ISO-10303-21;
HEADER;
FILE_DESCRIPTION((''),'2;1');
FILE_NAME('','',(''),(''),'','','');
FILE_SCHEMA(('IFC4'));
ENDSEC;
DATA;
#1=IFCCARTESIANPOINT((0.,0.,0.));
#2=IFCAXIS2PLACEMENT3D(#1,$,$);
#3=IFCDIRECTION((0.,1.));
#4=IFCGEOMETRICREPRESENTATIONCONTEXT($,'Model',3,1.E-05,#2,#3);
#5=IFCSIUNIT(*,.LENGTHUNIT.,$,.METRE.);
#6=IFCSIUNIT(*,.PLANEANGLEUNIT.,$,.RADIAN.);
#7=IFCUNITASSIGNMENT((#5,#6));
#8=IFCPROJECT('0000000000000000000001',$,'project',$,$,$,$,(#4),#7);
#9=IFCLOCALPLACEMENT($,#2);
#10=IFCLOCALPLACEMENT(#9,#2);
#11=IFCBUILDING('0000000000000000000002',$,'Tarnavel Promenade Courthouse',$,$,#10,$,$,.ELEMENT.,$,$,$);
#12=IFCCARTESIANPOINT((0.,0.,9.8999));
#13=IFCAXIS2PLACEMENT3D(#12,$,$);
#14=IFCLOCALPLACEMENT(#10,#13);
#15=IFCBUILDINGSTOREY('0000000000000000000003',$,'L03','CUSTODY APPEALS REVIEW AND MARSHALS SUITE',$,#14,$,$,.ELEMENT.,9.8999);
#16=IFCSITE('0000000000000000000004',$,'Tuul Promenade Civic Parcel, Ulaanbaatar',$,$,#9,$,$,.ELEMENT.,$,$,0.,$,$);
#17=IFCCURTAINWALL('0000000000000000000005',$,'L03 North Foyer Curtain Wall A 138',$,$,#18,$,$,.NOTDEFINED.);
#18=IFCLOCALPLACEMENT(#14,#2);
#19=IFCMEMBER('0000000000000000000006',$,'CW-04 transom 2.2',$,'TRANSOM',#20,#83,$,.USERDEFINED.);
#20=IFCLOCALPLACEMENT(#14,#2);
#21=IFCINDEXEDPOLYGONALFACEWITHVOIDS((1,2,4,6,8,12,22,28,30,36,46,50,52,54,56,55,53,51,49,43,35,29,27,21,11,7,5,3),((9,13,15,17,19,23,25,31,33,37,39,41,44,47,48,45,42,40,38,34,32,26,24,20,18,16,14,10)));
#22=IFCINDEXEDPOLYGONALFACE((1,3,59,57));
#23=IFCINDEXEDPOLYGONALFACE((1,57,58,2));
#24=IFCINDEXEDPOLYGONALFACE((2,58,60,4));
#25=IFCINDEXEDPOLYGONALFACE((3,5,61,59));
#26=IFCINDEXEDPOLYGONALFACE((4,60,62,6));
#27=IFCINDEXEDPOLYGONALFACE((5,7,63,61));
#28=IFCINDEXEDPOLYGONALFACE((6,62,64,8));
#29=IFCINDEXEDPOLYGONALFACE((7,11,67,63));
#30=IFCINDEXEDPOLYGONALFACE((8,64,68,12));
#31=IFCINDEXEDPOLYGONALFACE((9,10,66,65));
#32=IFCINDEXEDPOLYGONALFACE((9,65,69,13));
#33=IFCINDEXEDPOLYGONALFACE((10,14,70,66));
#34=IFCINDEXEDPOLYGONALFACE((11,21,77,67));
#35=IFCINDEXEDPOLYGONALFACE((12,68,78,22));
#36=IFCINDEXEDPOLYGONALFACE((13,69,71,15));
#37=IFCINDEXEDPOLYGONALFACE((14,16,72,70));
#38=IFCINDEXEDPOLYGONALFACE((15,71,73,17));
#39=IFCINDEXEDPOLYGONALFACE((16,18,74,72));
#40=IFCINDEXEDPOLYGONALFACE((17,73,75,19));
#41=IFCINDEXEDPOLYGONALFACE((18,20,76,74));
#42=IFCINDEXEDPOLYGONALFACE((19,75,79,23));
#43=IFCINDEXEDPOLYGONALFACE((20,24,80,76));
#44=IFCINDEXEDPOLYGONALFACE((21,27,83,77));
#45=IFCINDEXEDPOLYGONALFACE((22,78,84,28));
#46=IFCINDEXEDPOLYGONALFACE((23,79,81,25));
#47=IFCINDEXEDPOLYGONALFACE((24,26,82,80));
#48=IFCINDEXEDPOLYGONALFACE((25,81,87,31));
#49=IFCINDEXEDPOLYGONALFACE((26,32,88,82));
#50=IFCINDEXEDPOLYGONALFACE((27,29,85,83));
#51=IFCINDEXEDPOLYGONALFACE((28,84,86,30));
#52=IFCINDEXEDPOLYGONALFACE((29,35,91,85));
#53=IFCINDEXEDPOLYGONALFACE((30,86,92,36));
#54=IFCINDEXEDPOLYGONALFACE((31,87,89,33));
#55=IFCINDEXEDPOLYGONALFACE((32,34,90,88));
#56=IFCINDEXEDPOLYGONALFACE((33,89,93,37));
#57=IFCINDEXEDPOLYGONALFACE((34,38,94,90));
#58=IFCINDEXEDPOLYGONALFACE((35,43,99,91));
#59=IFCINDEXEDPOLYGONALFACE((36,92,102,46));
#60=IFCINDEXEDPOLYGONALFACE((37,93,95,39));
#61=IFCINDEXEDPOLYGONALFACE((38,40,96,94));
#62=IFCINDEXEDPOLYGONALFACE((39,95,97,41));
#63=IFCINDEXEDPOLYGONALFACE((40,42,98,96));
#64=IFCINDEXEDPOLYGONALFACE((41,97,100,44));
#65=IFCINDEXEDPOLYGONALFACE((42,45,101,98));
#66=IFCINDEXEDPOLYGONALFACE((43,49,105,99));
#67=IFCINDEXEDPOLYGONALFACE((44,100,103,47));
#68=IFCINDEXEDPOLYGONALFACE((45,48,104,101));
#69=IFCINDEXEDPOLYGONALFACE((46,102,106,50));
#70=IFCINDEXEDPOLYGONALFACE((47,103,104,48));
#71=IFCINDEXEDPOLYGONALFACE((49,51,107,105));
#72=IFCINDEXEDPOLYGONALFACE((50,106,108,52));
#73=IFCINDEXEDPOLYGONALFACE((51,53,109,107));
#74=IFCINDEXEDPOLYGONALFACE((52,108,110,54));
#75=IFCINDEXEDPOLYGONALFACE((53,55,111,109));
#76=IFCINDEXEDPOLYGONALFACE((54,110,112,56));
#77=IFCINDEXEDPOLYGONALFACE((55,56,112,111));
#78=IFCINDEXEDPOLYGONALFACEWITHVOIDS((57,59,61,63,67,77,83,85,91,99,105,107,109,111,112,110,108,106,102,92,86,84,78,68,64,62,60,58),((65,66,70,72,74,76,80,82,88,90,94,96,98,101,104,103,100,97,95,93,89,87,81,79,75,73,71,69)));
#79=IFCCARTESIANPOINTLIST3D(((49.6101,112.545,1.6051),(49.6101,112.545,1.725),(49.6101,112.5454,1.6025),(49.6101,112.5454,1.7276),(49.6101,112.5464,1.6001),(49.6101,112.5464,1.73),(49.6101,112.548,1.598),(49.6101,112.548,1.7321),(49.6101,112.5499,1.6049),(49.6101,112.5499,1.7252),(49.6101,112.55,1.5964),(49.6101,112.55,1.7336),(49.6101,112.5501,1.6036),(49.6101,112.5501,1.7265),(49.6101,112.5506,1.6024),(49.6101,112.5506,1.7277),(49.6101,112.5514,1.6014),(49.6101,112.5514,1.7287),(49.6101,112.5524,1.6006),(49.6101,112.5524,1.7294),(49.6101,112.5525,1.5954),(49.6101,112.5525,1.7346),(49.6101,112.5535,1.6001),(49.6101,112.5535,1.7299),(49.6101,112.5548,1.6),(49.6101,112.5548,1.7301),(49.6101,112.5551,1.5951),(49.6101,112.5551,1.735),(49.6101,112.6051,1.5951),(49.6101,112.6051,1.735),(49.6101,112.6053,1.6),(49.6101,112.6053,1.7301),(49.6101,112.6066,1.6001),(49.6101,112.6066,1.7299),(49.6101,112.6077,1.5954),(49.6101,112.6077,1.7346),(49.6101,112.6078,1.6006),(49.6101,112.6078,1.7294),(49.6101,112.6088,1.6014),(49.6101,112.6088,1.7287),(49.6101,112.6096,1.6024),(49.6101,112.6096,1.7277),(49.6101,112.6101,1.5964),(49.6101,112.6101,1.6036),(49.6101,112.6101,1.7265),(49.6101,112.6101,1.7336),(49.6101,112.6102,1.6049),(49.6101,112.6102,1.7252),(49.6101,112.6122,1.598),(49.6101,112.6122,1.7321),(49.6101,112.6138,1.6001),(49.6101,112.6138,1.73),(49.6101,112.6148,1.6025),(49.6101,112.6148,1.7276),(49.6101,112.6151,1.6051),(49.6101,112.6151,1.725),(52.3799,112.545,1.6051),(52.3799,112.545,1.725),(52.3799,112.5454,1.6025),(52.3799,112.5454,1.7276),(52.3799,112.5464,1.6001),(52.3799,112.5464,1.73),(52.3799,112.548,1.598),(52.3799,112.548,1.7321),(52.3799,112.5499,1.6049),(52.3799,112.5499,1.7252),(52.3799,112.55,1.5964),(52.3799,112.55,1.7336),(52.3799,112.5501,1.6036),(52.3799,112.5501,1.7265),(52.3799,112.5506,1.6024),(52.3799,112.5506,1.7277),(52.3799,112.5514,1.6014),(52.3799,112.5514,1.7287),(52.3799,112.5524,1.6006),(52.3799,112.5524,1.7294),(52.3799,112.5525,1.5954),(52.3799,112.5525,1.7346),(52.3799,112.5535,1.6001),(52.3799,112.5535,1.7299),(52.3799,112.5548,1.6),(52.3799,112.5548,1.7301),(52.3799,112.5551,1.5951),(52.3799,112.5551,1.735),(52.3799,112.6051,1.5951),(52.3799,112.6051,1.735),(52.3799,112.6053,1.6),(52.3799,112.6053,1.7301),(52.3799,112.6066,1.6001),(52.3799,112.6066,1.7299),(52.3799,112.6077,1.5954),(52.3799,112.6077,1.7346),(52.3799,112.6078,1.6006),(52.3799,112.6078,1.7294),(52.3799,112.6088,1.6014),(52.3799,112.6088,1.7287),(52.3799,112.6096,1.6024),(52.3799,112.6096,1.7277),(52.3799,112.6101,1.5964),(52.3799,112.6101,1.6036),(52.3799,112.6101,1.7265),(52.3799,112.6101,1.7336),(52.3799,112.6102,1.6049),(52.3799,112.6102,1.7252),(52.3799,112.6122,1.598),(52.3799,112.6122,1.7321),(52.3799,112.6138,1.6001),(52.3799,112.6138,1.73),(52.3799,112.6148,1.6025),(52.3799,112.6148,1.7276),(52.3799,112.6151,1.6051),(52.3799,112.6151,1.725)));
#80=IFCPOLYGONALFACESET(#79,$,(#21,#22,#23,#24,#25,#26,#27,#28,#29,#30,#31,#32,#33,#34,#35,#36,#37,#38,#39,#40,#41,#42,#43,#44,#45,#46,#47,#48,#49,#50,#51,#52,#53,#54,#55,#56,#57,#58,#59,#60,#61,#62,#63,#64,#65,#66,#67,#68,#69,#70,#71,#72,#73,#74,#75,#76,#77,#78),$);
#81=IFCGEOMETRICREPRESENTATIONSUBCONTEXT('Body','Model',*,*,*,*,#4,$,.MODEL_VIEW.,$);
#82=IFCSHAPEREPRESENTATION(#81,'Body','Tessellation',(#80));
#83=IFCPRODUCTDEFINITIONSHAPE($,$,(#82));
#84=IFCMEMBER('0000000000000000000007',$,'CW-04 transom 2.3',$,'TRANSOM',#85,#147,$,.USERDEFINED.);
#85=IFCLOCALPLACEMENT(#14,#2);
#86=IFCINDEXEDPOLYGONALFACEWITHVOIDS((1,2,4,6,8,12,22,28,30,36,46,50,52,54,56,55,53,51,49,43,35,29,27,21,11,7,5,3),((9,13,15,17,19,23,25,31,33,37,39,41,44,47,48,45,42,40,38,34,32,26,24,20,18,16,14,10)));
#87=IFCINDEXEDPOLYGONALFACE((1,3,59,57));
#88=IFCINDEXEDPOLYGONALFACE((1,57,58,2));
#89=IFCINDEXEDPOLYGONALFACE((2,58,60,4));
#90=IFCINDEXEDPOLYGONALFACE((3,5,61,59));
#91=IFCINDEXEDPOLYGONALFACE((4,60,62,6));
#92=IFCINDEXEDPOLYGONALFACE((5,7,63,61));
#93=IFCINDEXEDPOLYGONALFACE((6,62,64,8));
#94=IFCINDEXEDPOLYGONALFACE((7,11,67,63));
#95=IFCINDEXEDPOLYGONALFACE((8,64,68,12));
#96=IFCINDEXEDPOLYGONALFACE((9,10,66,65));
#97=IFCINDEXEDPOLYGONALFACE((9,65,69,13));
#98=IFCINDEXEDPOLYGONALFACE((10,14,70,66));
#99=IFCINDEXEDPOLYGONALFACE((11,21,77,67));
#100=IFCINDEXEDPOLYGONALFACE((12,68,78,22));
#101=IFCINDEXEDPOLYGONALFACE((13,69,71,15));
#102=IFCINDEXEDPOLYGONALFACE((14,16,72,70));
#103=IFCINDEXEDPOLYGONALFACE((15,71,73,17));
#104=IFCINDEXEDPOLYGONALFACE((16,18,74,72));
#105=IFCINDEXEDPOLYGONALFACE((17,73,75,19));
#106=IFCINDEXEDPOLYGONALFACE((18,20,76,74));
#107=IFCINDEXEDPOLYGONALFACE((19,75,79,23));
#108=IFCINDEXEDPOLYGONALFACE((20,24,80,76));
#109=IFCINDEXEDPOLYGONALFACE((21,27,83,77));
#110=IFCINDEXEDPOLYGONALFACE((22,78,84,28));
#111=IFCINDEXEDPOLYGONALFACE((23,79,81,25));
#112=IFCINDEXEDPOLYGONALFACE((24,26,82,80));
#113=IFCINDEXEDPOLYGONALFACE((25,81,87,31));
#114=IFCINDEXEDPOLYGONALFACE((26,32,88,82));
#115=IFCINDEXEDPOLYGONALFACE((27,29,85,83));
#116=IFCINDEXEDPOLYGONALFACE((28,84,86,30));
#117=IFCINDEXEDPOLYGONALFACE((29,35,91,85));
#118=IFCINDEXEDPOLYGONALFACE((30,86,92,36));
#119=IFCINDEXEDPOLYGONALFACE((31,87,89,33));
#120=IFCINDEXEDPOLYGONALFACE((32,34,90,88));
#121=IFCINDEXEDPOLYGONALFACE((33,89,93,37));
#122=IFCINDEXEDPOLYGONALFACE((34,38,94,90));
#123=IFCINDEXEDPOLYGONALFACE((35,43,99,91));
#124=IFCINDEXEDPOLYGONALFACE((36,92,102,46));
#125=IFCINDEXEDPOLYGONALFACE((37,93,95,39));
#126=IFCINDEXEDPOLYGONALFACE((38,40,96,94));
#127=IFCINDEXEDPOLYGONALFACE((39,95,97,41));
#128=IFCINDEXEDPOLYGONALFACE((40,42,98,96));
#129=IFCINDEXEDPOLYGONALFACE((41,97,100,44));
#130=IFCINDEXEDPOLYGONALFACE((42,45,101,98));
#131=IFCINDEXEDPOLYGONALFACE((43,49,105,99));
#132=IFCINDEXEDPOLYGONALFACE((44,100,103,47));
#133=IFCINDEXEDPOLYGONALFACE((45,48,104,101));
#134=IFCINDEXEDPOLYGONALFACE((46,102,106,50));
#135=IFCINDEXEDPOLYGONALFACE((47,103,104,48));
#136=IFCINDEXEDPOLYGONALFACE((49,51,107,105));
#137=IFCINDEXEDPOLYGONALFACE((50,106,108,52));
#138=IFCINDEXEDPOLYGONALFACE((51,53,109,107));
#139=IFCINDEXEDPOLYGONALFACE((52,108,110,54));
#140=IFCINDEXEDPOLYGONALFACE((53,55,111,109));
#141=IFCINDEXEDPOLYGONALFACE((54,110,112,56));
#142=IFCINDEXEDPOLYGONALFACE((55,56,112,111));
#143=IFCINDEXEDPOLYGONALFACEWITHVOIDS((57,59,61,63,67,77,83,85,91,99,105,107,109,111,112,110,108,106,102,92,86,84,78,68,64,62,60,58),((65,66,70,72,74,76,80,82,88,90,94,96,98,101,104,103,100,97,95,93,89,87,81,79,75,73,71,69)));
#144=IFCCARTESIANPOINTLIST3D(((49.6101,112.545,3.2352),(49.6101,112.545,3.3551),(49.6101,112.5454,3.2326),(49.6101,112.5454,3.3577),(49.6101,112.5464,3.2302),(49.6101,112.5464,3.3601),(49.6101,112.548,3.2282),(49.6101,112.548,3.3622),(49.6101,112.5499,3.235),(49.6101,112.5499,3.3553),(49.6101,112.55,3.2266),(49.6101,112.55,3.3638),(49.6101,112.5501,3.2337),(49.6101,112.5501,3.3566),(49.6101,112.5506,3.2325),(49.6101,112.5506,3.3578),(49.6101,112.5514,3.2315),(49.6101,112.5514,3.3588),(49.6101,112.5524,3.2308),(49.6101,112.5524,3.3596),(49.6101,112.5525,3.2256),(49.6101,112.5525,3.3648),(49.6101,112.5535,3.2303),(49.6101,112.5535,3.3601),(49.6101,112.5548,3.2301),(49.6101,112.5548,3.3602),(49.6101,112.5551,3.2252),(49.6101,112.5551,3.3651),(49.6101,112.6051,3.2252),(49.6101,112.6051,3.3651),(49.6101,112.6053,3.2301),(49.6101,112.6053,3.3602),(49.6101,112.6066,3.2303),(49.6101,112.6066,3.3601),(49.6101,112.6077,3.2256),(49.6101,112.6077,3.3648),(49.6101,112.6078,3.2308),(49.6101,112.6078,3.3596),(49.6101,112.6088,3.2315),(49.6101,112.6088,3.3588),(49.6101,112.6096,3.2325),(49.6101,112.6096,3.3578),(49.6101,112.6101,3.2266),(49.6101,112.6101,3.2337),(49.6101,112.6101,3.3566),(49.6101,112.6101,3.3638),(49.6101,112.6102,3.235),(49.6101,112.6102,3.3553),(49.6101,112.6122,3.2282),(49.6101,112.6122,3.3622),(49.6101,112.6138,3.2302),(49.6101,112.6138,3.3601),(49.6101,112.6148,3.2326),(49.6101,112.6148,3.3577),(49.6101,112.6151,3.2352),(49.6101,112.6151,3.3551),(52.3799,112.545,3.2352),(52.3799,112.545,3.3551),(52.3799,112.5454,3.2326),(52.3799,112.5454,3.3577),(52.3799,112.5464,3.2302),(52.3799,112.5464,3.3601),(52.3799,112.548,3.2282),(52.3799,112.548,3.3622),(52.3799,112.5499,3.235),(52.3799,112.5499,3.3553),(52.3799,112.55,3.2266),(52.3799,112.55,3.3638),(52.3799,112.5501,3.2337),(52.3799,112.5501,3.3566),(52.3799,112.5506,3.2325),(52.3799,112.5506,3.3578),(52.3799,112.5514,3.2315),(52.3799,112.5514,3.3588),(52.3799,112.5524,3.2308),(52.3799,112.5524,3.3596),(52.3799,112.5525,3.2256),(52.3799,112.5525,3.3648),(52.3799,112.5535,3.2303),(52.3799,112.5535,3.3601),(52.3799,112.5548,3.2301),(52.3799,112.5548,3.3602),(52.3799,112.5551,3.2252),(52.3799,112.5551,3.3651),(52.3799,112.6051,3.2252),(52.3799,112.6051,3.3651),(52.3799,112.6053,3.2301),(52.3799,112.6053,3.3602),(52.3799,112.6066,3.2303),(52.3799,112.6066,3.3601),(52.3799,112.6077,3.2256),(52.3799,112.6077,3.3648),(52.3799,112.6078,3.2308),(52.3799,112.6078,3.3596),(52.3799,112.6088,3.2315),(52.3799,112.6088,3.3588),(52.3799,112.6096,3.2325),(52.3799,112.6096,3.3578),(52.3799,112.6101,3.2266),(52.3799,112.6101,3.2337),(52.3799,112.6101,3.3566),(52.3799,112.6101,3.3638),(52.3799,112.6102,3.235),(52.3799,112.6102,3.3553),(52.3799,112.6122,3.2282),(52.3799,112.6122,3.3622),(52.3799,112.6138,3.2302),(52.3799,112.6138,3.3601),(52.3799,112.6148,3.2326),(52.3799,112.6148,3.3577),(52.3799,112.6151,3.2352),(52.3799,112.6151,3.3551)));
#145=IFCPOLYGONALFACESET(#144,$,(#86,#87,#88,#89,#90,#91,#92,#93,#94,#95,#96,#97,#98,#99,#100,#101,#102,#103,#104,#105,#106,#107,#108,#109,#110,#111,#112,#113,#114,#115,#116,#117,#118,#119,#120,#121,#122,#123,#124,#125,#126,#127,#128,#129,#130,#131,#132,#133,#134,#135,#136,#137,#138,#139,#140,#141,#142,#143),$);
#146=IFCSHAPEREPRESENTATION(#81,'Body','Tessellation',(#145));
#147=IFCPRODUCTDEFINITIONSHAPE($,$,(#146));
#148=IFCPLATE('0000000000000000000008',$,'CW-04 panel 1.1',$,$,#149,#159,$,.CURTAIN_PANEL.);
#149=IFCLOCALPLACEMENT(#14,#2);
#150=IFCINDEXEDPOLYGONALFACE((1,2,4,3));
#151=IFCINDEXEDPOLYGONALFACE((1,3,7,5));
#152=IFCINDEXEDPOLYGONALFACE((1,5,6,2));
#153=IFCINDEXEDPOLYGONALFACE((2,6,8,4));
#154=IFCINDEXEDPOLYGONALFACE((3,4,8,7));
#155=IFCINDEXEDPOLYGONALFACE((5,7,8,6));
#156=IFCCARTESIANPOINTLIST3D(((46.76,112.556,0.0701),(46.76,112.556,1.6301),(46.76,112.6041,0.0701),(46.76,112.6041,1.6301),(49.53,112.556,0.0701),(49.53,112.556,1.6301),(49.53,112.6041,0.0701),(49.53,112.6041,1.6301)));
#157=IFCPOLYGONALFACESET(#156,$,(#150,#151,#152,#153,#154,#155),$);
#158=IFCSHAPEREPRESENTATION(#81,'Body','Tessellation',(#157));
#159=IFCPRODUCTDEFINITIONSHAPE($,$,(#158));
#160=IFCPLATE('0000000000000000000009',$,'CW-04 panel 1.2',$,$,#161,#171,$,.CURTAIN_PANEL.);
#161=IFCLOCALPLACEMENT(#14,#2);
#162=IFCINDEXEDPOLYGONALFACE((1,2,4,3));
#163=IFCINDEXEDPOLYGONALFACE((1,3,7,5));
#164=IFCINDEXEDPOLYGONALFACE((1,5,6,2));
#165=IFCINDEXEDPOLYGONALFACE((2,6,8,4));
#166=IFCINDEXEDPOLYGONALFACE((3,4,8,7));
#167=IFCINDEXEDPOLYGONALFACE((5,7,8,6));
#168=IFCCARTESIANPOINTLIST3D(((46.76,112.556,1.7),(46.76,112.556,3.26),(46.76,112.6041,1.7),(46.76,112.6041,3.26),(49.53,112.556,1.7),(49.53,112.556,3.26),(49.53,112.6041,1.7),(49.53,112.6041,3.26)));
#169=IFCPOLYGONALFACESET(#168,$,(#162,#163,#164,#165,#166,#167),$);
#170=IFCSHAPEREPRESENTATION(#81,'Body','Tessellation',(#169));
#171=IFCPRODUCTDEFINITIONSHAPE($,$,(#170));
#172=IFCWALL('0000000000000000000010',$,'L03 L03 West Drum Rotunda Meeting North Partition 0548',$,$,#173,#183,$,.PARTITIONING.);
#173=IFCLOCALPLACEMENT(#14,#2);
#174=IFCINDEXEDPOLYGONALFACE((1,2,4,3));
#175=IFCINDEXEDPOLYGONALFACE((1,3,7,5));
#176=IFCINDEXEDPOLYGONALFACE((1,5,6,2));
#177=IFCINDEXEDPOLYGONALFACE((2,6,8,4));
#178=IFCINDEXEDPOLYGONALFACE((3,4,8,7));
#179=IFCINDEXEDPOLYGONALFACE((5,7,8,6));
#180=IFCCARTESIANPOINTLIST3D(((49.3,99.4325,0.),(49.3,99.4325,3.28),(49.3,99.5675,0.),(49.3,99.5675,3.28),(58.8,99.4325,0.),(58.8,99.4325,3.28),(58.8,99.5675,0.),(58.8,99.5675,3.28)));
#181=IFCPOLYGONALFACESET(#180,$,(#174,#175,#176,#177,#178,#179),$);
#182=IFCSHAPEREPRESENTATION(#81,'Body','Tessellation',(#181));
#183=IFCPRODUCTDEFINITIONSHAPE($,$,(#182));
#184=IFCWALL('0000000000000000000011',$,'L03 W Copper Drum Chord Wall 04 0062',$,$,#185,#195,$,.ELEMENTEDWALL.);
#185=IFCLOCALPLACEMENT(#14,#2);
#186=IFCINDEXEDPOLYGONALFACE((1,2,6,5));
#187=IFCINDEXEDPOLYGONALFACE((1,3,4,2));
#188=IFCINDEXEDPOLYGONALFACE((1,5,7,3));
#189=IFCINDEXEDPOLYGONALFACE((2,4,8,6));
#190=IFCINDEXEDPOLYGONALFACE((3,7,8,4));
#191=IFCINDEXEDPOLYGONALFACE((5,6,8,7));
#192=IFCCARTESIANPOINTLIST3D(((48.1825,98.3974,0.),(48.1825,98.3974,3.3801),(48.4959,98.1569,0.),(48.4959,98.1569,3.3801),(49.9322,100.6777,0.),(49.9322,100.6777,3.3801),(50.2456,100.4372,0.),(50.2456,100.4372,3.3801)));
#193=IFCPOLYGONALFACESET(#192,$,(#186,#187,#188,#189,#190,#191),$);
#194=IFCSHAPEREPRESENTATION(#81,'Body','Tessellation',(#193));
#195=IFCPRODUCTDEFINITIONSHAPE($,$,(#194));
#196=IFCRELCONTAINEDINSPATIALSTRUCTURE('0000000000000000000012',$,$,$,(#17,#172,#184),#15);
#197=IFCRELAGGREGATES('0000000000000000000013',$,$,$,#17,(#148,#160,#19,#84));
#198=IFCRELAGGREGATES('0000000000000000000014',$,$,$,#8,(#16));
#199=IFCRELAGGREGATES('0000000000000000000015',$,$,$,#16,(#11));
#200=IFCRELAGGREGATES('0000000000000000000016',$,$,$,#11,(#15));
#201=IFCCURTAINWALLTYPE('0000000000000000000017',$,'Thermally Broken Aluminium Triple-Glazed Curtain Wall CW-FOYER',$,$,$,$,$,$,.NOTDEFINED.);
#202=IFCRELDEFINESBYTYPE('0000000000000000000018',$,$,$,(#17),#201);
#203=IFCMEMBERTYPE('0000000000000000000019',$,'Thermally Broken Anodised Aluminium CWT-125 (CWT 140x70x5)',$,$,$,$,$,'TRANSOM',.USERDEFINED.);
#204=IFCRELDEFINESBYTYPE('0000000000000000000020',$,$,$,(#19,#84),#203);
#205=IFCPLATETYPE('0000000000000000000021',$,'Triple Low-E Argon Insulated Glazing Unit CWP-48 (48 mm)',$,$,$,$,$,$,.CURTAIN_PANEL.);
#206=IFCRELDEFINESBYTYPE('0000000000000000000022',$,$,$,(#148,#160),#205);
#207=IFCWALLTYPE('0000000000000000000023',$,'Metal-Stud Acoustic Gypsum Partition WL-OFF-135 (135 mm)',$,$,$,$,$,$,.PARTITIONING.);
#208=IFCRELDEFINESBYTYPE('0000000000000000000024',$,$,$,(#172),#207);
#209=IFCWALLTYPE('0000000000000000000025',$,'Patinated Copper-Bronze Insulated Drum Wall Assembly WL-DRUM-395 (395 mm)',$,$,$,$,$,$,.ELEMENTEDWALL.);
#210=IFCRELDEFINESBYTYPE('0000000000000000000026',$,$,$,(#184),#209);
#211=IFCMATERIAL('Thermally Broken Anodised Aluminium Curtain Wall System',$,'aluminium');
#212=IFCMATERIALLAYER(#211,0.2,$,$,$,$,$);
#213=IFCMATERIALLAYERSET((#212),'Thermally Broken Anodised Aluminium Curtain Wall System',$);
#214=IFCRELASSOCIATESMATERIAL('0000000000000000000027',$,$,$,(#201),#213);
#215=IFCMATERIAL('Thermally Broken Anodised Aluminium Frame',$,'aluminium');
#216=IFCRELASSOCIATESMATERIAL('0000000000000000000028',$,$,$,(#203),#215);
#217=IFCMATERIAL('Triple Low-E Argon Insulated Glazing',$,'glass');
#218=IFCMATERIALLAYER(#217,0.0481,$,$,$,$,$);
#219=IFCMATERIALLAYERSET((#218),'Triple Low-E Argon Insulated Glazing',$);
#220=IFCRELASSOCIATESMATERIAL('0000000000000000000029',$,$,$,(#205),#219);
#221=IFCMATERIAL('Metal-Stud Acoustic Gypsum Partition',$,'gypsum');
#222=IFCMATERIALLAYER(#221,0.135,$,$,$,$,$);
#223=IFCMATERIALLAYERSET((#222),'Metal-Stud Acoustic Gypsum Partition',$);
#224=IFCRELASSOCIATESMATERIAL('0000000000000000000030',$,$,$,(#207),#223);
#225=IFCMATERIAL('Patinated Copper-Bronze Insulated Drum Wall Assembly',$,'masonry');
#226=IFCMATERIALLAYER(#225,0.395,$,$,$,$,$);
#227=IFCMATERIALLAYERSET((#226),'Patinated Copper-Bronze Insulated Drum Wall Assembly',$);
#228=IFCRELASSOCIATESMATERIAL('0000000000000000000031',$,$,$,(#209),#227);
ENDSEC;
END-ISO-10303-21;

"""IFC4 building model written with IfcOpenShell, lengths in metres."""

from ifc_helpers import new_model, si_unit, direction, frame, frame_2d, origin, origin_2d, place, context, subcontext, project, spatial, rectangle, hollow_rectangle, extrude, material, layer, layer_set, material_profile, profile_set, type_object, element, aggregate, save


model = new_model("IFC4")

# Units and contexts
model_context = context("Model", 3, precision=1e-05, world=origin(), true_north=direction((0.0, 1.0)))
body_context = subcontext(model_context, "Body", "Model", "MODEL_VIEW")
ifc_project = project(units=[si_unit("LENGTHUNIT", "METRE"), si_unit("PLANEANGLEUNIT", "RADIAN")], contexts=[model_context])

# Site, building, storey
site_placement = place(None, origin())
site = spatial("IfcSite", under=ifc_project, at=site_placement, Name="Tuul Promenade Civic Parcel, Ulaanbaatar", CompositionType="ELEMENT", RefElevation=0.0)
building_placement = place(site_placement, origin())
building = spatial("IfcBuilding", under=site, at=building_placement, Name="Tarnavel Promenade Courthouse", CompositionType="ELEMENT")
storey_placement = place(building_placement, frame((0.0, 0.0, 9.8999)))
storey = spatial("IfcBuildingStorey", under=building, at=storey_placement, Name="L03", Description="CUSTODY APPEALS REVIEW AND MARSHALS SUITE", CompositionType="ELEMENT", Elevation=9.8999)

# Curtain wall, members, plates
ifc_material_1 = material(Name="Thermally Broken Anodised Aluminium Curtain Wall System", Category="aluminium")
ifc_layer_1 = layer(ifc_material_1, 0.2)
ifc_layer_set_1 = layer_set([ifc_layer_1], Name="Thermally Broken Anodised Aluminium Curtain Wall System")
curtain_wall_type = type_object("IfcCurtainWallType", Name="Thermally Broken Aluminium Triple-Glazed Curtain Wall CW-FOYER", PredefinedType="NOTDEFINED", material=ifc_layer_set_1)
curtain_wall_placement = place(storey_placement, origin())
curtain_wall = element("IfcCurtainWall", 1, at=curtain_wall_placement, inside=storey, type_object=curtain_wall_type, Name="L03 North Foyer Curtain Wall A 138", PredefinedType="NOTDEFINED")
ifc_material_2 = material(Name="Thermally Broken Anodised Aluminium Frame", Category="aluminium")
ifc_material_profile_1 = material_profile(ifc_material_2, hollow_rectangle(XDim=0.0701, YDim=0.1399, WallThickness=0.0049, InnerFilletRadius=0.0049, OuterFilletRadius=0.01, at=origin_2d()), Name="CWT 140x70x5")
ifc_profile_set_1 = profile_set([ifc_material_profile_1], Name="Thermally Broken Anodised Aluminium Frame")
member_type_1 = type_object("IfcMemberType", Name="Thermally Broken Anodised Aluminium CWT-125 (CWT 140x70x5)", ElementType="TRANSOM", PredefinedType="USERDEFINED", material=ifc_profile_set_1)
member_1_placement = place(storey_placement, frame((49.6101, 112.5801, 1.665), z_axis=(1.0, 0.0, 0.0), x_axis=(0.0, 1.0, 0.0)))
member_1 = element("IfcMember", 2, at=member_1_placement, type_object=member_type_1, Name="CW-04 transom 2.2", ObjectType="TRANSOM", PredefinedType="USERDEFINED", context=body_context, shape_type="SweptSolid", body=[
    extrude(hollow_rectangle(XDim=0.0701, YDim=0.1399, WallThickness=0.0049, InnerFilletRadius=0.0049, OuterFilletRadius=0.01, at=origin_2d()), origin(), (0.0, 0.0, 1.0), 2.7698),
])
member_2_placement = place(storey_placement, frame((49.6101, 112.5801, 3.2952), z_axis=(1.0, 0.0, 0.0), x_axis=(0.0, 1.0, 0.0)))
member_2 = element("IfcMember", 3, at=member_2_placement, type_object=member_type_1, Name="CW-04 transom 2.3", ObjectType="TRANSOM", PredefinedType="USERDEFINED", context=body_context, shape_type="SweptSolid", body=[
    extrude(hollow_rectangle(XDim=0.0701, YDim=0.1399, WallThickness=0.0049, InnerFilletRadius=0.0049, OuterFilletRadius=0.01, at=origin_2d()), origin(), (0.0, 0.0, 1.0), 2.7698),
])
ifc_material_3 = material(Name="Triple Low-E Argon Insulated Glazing", Category="glass")
ifc_layer_2 = layer(ifc_material_3, 0.0481)
ifc_layer_set_2 = layer_set([ifc_layer_2], Name="Triple Low-E Argon Insulated Glazing")
plate_type = type_object("IfcPlateType", Name="Triple Low-E Argon Insulated Glazing Unit CWP-48 (48 mm)", PredefinedType="CURTAIN_PANEL", material=ifc_layer_set_2)
plate_1_placement = place(storey_placement, frame((48.145, 112.5801, 0.0701), z_axis=(0.0, 0.0, 1.0), x_axis=(1.0, 0.0, 0.0)))
plate_1 = element("IfcPlate", 4, at=plate_1_placement, type_object=plate_type, Name="CW-04 panel 1.1", PredefinedType="CURTAIN_PANEL", context=body_context, shape_type="SweptSolid", body=[
    extrude(rectangle(XDim=2.77, YDim=0.0481, at=origin_2d()), origin(), (0.0, 0.0, 1.0), 1.5601),
])
plate_2_placement = place(storey_placement, frame((48.145, 112.5801, 1.7), z_axis=(0.0, 0.0, 1.0), x_axis=(1.0, 0.0, 0.0)))
plate_2 = element("IfcPlate", 5, at=plate_2_placement, type_object=plate_type, Name="CW-04 panel 1.2", PredefinedType="CURTAIN_PANEL", context=body_context, shape_type="SweptSolid", body=[
    extrude(rectangle(XDim=2.77, YDim=0.0481, at=origin_2d()), origin(), (0.0, 0.0, 1.0), 1.5601),
])
aggregate(curtain_wall, [plate_1, plate_2, member_1, member_2])

# Walls
ifc_material_4 = material(Name="Metal-Stud Acoustic Gypsum Partition", Category="gypsum")
ifc_layer_3 = layer(ifc_material_4, 0.135)
ifc_layer_set_3 = layer_set([ifc_layer_3], Name="Metal-Stud Acoustic Gypsum Partition")
wall_type_1 = type_object("IfcWallType", Name="Metal-Stud Acoustic Gypsum Partition WL-OFF-135 (135 mm)", PredefinedType="PARTITIONING", material=ifc_layer_set_3)
wall_1_placement = place(storey_placement, frame((49.3, 99.5, 0.0), z_axis=(0.0, 0.0, 1.0), x_axis=(1.0, 0.0, 0.0)))
element("IfcWall", 6, at=wall_1_placement, inside=storey, type_object=wall_type_1, Name="L03 L03 West Drum Rotunda Meeting North Partition 0548", PredefinedType="PARTITIONING", context=body_context, shape_type="SweptSolid", body=[
    extrude(rectangle(XDim=9.5, YDim=0.135, at=frame_2d((4.75, 0.0))), origin(), (0.0, 0.0, 1.0), 3.28),
])
ifc_material_5 = material(Name="Patinated Copper-Bronze Insulated Drum Wall Assembly", Category="masonry")
ifc_layer_4 = layer(ifc_material_5, 0.395)
ifc_layer_set_4 = layer_set([ifc_layer_4], Name="Patinated Copper-Bronze Insulated Drum Wall Assembly")
wall_type_2 = type_object("IfcWallType", Name="Patinated Copper-Bronze Insulated Drum Wall Assembly WL-DRUM-395 (395 mm)", PredefinedType="ELEMENTEDWALL", material=ifc_layer_set_4)
wall_2_placement = place(storey_placement, frame((50.0889, 100.5574, 0.0), z_axis=(0.0, 0.0, 1.0), x_axis=(-0.60877, -0.793347, 0.0)))
element("IfcWall", 7, at=wall_2_placement, inside=storey, type_object=wall_type_2, Name="L03 W Copper Drum Chord Wall 04 0062", PredefinedType="ELEMENTEDWALL", context=body_context, shape_type="SweptSolid", body=[
    extrude(rectangle(XDim=2.8743, YDim=0.395, at=frame_2d((1.437, 0.0))), origin(), (0.0, 0.0, 1.0), 3.3801),
])

save(model, "model.ifc")
